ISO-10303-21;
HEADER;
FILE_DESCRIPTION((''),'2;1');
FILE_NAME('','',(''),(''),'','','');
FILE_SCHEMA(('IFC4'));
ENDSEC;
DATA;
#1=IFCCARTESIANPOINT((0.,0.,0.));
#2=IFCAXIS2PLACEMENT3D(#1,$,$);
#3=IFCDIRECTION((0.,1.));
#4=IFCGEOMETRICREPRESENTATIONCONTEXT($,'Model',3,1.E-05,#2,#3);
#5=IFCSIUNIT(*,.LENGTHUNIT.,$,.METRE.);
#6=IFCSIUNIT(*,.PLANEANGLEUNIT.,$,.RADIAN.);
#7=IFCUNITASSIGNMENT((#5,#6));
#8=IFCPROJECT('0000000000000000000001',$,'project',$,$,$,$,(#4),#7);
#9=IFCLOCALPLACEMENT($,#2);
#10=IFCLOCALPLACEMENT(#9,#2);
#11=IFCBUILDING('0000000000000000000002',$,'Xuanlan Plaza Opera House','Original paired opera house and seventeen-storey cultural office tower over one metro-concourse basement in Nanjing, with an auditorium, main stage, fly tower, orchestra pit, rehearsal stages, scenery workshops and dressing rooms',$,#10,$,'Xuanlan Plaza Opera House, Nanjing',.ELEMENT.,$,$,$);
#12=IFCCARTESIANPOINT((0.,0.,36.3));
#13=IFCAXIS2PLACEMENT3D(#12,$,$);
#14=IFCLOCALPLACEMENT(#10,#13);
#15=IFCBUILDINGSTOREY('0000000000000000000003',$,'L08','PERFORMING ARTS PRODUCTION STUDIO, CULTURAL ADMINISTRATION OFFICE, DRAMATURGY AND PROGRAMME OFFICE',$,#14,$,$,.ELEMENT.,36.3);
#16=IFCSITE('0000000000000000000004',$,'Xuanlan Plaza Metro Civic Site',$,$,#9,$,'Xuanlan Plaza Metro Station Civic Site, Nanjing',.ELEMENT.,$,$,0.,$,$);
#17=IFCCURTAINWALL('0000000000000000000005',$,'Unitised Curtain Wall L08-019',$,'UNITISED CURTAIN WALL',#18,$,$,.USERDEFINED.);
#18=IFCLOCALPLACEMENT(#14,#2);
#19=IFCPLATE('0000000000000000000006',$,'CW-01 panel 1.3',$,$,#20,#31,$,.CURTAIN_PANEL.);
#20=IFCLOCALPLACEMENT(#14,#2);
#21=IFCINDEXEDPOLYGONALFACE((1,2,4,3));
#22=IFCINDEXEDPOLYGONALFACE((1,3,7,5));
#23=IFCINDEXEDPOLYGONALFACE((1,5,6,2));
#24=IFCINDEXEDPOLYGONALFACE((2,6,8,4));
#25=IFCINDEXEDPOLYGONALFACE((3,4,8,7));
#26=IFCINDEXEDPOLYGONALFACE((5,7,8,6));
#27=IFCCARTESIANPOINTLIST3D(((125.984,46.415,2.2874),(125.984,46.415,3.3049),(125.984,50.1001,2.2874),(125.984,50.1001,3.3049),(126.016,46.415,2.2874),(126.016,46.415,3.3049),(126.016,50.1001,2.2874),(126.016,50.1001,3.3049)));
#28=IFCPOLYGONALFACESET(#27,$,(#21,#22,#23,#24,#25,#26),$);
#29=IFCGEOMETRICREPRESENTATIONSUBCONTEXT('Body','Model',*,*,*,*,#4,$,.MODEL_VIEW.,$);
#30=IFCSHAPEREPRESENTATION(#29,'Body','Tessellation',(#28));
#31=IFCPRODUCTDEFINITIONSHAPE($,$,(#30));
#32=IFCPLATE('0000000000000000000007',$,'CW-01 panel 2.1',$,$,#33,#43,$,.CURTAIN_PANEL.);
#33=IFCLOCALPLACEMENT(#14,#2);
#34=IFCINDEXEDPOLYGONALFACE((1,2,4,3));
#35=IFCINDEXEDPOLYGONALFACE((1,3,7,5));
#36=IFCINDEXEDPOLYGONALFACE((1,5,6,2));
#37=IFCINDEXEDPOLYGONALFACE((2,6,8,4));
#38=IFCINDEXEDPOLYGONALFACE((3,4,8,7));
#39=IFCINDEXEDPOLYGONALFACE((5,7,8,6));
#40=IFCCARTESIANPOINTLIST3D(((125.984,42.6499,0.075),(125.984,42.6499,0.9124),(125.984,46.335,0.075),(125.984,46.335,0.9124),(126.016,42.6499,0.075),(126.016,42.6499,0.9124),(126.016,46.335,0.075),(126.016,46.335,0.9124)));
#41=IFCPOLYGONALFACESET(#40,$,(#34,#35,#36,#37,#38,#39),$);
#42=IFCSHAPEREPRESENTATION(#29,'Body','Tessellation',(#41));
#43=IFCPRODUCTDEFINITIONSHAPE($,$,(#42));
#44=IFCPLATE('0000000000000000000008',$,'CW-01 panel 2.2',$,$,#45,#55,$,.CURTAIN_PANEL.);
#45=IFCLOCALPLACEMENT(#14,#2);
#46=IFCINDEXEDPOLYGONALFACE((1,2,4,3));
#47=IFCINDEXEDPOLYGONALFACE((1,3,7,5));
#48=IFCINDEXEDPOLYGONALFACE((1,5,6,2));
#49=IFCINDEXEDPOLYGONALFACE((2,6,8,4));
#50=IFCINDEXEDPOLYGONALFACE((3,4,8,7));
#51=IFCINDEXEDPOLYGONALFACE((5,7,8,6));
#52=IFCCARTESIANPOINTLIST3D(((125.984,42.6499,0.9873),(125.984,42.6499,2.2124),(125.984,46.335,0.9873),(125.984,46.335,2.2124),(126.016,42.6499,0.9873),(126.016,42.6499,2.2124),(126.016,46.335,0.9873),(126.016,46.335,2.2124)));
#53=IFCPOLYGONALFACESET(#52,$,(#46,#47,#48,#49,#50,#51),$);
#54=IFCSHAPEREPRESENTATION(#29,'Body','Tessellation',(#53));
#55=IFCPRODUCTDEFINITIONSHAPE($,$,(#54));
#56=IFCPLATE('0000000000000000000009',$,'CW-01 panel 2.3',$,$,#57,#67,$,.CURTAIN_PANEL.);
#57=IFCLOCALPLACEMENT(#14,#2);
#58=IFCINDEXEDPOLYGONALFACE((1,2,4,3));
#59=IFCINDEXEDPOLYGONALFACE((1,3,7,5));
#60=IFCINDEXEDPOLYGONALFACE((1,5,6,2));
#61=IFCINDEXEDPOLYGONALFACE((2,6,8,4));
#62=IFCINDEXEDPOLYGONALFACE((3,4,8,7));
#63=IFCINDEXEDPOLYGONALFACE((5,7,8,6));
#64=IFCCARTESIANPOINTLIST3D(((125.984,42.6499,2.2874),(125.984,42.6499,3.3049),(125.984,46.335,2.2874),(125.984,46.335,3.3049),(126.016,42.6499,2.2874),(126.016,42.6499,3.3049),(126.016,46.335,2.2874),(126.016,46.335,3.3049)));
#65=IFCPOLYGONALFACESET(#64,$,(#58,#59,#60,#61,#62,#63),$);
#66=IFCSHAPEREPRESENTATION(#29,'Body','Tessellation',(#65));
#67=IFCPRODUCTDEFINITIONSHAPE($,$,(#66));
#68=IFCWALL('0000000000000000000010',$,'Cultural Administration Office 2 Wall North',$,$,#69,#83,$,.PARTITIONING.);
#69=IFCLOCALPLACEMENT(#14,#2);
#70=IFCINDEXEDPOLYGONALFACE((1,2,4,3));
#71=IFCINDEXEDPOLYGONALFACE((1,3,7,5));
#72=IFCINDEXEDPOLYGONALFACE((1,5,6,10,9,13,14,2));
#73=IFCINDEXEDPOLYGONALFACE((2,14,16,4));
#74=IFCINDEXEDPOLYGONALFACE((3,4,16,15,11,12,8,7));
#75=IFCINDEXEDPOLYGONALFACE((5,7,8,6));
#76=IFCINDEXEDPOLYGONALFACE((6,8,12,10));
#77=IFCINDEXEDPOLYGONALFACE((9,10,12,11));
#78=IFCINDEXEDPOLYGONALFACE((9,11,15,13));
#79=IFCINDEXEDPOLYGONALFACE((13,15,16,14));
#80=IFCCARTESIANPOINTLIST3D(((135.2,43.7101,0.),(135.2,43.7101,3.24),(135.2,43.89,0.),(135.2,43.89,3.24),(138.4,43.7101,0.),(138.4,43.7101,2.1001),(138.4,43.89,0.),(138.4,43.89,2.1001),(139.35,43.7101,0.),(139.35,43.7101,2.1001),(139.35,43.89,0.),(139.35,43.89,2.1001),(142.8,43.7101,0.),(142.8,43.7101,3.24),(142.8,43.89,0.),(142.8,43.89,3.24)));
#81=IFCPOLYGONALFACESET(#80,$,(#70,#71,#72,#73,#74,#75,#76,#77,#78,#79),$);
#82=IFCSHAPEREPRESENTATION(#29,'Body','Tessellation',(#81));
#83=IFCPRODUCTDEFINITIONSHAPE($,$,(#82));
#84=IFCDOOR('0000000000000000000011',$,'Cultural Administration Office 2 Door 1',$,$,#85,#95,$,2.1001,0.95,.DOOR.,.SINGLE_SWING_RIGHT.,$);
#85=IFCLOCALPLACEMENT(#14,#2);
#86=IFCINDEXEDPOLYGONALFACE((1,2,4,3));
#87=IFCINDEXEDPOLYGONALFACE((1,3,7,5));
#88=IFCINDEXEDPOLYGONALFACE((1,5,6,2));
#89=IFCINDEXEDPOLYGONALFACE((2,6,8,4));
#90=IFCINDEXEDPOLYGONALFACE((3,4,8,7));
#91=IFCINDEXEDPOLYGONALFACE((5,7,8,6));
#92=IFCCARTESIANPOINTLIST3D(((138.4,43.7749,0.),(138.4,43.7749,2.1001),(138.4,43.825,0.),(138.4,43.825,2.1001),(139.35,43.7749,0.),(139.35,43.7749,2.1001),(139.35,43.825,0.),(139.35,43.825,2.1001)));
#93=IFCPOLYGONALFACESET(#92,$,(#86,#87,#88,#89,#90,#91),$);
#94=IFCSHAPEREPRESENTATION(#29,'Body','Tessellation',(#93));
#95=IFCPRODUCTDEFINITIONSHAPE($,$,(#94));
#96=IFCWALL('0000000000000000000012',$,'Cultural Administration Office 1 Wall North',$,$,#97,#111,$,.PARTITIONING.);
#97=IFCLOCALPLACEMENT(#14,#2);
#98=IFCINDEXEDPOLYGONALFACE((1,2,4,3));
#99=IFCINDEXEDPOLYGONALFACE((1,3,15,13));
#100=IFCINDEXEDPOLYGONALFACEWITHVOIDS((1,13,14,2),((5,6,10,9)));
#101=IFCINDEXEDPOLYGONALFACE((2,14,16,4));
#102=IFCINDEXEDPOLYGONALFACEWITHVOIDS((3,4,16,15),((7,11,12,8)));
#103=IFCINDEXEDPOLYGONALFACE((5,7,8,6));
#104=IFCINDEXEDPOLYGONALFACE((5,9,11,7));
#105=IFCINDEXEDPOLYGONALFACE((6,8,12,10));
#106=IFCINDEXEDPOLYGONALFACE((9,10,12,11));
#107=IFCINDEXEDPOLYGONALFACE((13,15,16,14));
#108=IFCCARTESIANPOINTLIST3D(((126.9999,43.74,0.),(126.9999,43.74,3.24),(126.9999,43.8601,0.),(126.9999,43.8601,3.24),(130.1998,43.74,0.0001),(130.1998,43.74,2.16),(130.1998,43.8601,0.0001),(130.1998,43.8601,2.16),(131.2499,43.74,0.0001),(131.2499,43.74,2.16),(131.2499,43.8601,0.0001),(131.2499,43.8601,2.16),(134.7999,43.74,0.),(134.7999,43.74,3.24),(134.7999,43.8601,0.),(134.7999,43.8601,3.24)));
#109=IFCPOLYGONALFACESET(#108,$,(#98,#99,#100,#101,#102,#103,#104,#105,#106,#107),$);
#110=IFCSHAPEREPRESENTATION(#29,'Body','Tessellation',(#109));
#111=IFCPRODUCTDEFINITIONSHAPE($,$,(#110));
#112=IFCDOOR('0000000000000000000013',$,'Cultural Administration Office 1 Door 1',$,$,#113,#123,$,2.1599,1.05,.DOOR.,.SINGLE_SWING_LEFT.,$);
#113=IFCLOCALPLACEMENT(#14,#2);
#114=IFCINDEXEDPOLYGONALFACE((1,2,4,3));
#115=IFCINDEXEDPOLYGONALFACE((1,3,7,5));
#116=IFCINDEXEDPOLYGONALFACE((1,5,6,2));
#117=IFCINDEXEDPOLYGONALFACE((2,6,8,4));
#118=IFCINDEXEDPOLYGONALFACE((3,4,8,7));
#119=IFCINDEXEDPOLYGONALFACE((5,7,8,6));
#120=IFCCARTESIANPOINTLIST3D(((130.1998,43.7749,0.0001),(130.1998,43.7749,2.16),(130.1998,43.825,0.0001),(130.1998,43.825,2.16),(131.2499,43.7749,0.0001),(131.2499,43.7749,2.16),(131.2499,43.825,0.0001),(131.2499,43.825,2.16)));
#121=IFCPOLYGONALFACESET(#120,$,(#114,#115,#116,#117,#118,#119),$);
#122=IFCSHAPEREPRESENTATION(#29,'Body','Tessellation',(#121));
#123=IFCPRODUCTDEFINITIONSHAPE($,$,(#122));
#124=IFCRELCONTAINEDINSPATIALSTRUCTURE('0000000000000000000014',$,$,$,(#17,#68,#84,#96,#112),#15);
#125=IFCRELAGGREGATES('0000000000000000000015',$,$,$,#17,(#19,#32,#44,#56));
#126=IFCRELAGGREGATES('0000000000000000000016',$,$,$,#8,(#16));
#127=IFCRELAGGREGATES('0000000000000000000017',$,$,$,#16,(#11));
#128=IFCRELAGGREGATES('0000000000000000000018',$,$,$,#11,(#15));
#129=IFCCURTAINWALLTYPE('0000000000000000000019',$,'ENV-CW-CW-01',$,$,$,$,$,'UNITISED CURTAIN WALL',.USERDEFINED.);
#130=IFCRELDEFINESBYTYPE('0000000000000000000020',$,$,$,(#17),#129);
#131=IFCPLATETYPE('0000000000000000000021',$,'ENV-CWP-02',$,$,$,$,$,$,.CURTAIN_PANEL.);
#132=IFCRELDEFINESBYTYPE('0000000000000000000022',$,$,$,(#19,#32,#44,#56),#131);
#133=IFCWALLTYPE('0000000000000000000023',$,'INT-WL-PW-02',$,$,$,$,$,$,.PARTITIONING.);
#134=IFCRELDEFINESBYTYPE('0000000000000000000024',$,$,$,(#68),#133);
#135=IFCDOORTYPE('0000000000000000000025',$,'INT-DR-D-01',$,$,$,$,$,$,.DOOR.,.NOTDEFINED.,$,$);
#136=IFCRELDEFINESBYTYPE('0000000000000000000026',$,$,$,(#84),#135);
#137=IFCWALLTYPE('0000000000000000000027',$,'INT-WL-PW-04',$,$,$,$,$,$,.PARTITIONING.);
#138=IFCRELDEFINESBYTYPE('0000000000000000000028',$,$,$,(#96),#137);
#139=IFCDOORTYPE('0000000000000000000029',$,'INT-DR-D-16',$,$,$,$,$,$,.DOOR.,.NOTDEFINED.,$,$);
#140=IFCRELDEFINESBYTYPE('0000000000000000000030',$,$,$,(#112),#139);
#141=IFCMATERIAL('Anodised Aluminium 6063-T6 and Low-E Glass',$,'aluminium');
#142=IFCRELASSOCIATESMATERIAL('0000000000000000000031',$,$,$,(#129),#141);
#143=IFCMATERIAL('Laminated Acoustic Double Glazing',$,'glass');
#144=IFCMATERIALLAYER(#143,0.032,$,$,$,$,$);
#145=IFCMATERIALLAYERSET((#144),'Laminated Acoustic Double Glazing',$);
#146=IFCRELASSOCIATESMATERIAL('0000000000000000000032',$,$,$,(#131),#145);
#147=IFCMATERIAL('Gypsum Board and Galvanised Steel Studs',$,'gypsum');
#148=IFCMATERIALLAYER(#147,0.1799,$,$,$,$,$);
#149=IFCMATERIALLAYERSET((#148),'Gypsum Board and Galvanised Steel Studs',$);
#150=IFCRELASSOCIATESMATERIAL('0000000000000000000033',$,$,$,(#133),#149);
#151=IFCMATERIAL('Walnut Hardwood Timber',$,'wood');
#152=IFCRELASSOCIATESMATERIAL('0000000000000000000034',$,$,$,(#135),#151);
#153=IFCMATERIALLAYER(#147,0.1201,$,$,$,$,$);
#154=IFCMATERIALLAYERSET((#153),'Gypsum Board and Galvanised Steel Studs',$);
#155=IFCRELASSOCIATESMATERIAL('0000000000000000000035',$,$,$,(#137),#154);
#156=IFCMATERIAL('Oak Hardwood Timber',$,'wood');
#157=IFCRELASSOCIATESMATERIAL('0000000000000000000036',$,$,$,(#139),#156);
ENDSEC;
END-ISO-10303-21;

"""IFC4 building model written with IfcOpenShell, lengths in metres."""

from ifc_helpers import new_model, si_unit, direction, frame, frame_2d, origin, origin_2d, place, context, subcontext, project, spatial, rectangle, extrude, material, layer, layer_set, type_object, element, fill, aggregate, save


model = new_model("IFC4")

# Units and contexts
model_context = context("Model", 3, precision=1e-05, world=origin(), true_north=direction((0.0, 1.0)))
body_context = subcontext(model_context, "Body", "Model", "MODEL_VIEW")
ifc_project = project(units=[si_unit("LENGTHUNIT", "METRE"), si_unit("PLANEANGLEUNIT", "RADIAN")], contexts=[model_context])

# Site, building, storey
site_placement = place(None, origin())
site = spatial("IfcSite", under=ifc_project, at=site_placement, Name="Xuanlan Plaza Metro Civic Site", LongName="Xuanlan Plaza Metro Station Civic Site, Nanjing", CompositionType="ELEMENT", RefElevation=0.0)
building_placement = place(site_placement, origin())
building = spatial("IfcBuilding", under=site, at=building_placement, Name="Xuanlan Plaza Opera House", Description="Original paired opera house and seventeen-storey cultural office tower over one metro-concourse basement in Nanjing, with an auditorium, main stage, fly tower, orchestra pit, rehearsal stages, scenery workshops and dressing rooms", LongName="Xuanlan Plaza Opera House, Nanjing", CompositionType="ELEMENT")
storey_placement = place(building_placement, frame((0.0, 0.0, 36.3)))
storey = spatial("IfcBuildingStorey", under=building, at=storey_placement, Name="L08", Description="PERFORMING ARTS PRODUCTION STUDIO, CULTURAL ADMINISTRATION OFFICE, DRAMATURGY AND PROGRAMME OFFICE", CompositionType="ELEMENT", Elevation=36.3)

# Curtain wall, plates
ifc_material_1 = material(Name="Anodised Aluminium 6063-T6 and Low-E Glass", Category="aluminium")
curtain_wall_type = type_object("IfcCurtainWallType", Name="ENV-CW-CW-01", ElementType="UNITISED CURTAIN WALL", PredefinedType="USERDEFINED", material=ifc_material_1)
curtain_wall_placement = place(storey_placement, origin())
curtain_wall = element("IfcCurtainWall", 1, at=curtain_wall_placement, inside=storey, type_object=curtain_wall_type, Name="Unitised Curtain Wall L08-019", ObjectType="UNITISED CURTAIN WALL", PredefinedType="USERDEFINED")
ifc_material_2 = material(Name="Laminated Acoustic Double Glazing", Category="glass")
ifc_layer_1 = layer(ifc_material_2, 0.032)
ifc_layer_set_1 = layer_set([ifc_layer_1], Name="Laminated Acoustic Double Glazing")
plate_type = type_object("IfcPlateType", Name="ENV-CWP-02", PredefinedType="CURTAIN_PANEL", material=ifc_layer_set_1)
plate_1_placement = place(storey_placement, frame((126.0, 48.2576, 2.2874), z_axis=(0.0, 0.0, 1.0), x_axis=(0.0, -1.0, 0.0)))
plate_1 = element("IfcPlate", 2, at=plate_1_placement, type_object=plate_type, Name="CW-01 panel 1.3", PredefinedType="CURTAIN_PANEL", context=body_context, shape_type="SweptSolid", body=[
    extrude(rectangle(XDim=3.6851, YDim=0.032, at=origin_2d()), origin(), (0.0, 0.0, 1.0), 1.0176),
])
plate_2_placement = place(storey_placement, frame((126.0, 44.4924, 0.075), z_axis=(0.0, 0.0, 1.0), x_axis=(0.0, -1.0, 0.0)))
plate_2 = element("IfcPlate", 3, at=plate_2_placement, type_object=plate_type, Name="CW-01 panel 2.1", PredefinedType="CURTAIN_PANEL", context=body_context, shape_type="SweptSolid", body=[
    extrude(rectangle(XDim=3.6851, YDim=0.032, at=origin_2d()), origin(), (0.0, 0.0, 1.0), 0.8374),
])
plate_3_placement = place(storey_placement, frame((126.0, 44.4924, 0.9873), z_axis=(0.0, 0.0, 1.0), x_axis=(0.0, -1.0, 0.0)))
plate_3 = element("IfcPlate", 4, at=plate_3_placement, type_object=plate_type, Name="CW-01 panel 2.2", PredefinedType="CURTAIN_PANEL", context=body_context, shape_type="SweptSolid", body=[
    extrude(rectangle(XDim=3.6851, YDim=0.032, at=origin_2d()), origin(), (0.0, 0.0, 1.0), 1.2251),
])
plate_4_placement = place(storey_placement, frame((126.0, 44.4924, 2.2874), z_axis=(0.0, 0.0, 1.0), x_axis=(0.0, -1.0, 0.0)))
plate_4 = element("IfcPlate", 5, at=plate_4_placement, type_object=plate_type, Name="CW-01 panel 2.3", PredefinedType="CURTAIN_PANEL", context=body_context, shape_type="SweptSolid", body=[
    extrude(rectangle(XDim=3.6851, YDim=0.032, at=origin_2d()), origin(), (0.0, 0.0, 1.0), 1.0176),
])
aggregate(curtain_wall, [plate_1, plate_2, plate_3, plate_4])

# Walls, openings, doors
ifc_material_3 = material(Name="Gypsum Board and Galvanised Steel Studs", Category="gypsum")
ifc_layer_2 = layer(ifc_material_3, 0.1799)
ifc_layer_set_2 = layer_set([ifc_layer_2], Name="Gypsum Board and Galvanised Steel Studs")
wall_type_1 = type_object("IfcWallType", Name="INT-WL-PW-02", PredefinedType="PARTITIONING", material=ifc_layer_set_2)
wall_1_placement = place(storey_placement, frame((135.2, 43.8, 0.0), z_axis=(0.0, 0.0, 1.0), x_axis=(1.0, 0.0, 0.0)))
wall_1 = element("IfcWall", 6, at=wall_1_placement, inside=storey, type_object=wall_type_1, Name="Cultural Administration Office 2 Wall North", PredefinedType="PARTITIONING", context=body_context, shape_type="SweptSolid", body=[
    extrude(rectangle(XDim=7.6001, YDim=0.1799, at=frame_2d((3.8, 0.0))), origin(), (0.0, 0.0, 1.0), 3.24),
])
opening_1_placement = place(wall_1_placement, frame((3.2, 0.0, 0.0)))
opening_1 = element("IfcOpeningElement", 7, at=opening_1_placement, cuts=wall_1, PredefinedType="OPENING", context=body_context, shape_type="SweptSolid", body=[
    extrude(rectangle(XDim=0.95, YDim=2.1001, at=frame_2d((0.4751, 1.05))), frame((0.0, 0.0999, 0.0), z_axis=(0.0, -1.0, 0.0), x_axis=(1.0, 0.0, 0.0)), (0.0, 0.0, 1.0), 0.2),
])
ifc_material_4 = material(Name="Walnut Hardwood Timber", Category="wood")
door_type_1 = type_object("IfcDoorType", Name="INT-DR-D-01", OperationType="NOTDEFINED", PredefinedType="DOOR", material=ifc_material_4)
door_1_placement = place(opening_1_placement, origin())
door_1 = element("IfcDoor", 8, at=door_1_placement, inside=storey, type_object=door_type_1, Name="Cultural Administration Office 2 Door 1", OperationType="SINGLE_SWING_RIGHT", OverallHeight=2.1001, OverallWidth=0.95, PredefinedType="DOOR", context=body_context, shape_type="SweptSolid", body=[
    extrude(rectangle(XDim=0.95, YDim=2.1001, at=frame_2d((0.4751, 1.05))), frame((0.0, 0.0249, 0.0), z_axis=(0.0, -1.0, 0.0), x_axis=(1.0, 0.0, 0.0)), (0.0, 0.0, 1.0), 0.05),
])
fill(opening_1, door_1)
ifc_layer_3 = layer(ifc_material_3, 0.1201)
ifc_layer_set_3 = layer_set([ifc_layer_3], Name="Gypsum Board and Galvanised Steel Studs")
wall_type_2 = type_object("IfcWallType", Name="INT-WL-PW-04", PredefinedType="PARTITIONING", material=ifc_layer_set_3)
wall_2_placement = place(storey_placement, frame((127.0, 43.8, 0.0), z_axis=(0.0, 0.0, 1.0), x_axis=(1.0, 0.0, 0.0)))
wall_2 = element("IfcWall", 9, at=wall_2_placement, inside=storey, type_object=wall_type_2, Name="Cultural Administration Office 1 Wall North", PredefinedType="PARTITIONING", context=body_context, shape_type="SweptSolid", body=[
    extrude(rectangle(XDim=7.8, YDim=0.1201, at=frame_2d((3.8999, 0.0))), origin(), (0.0, 0.0, 1.0), 3.24),
])
opening_2_placement = place(wall_2_placement, frame((3.2, 0.0, 0.0)))
opening_2 = element("IfcOpeningElement", 10, at=opening_2_placement, cuts=wall_2, PredefinedType="OPENING", context=body_context, shape_type="SweptSolid", body=[
    extrude(rectangle(XDim=1.05, YDim=2.1599, at=frame_2d((0.5249, 1.0801))), frame((0.0, 0.0701, 0.0), z_axis=(0.0, -1.0, 0.0), x_axis=(1.0, 0.0, 0.0)), (0.0, 0.0, 1.0), 0.1401),
])
ifc_material_5 = material(Name="Oak Hardwood Timber", Category="wood")
door_type_2 = type_object("IfcDoorType", Name="INT-DR-D-16", OperationType="NOTDEFINED", PredefinedType="DOOR", material=ifc_material_5)
door_2_placement = place(opening_2_placement, origin())
door_2 = element("IfcDoor", 11, at=door_2_placement, inside=storey, type_object=door_type_2, Name="Cultural Administration Office 1 Door 1", OperationType="SINGLE_SWING_LEFT", OverallHeight=2.1599, OverallWidth=1.05, PredefinedType="DOOR", context=body_context, shape_type="SweptSolid", body=[
    extrude(rectangle(XDim=1.05, YDim=2.1599, at=frame_2d((0.5249, 1.0801))), frame((0.0, 0.0249, 0.0), z_axis=(0.0, -1.0, 0.0), x_axis=(1.0, 0.0, 0.0)), (0.0, 0.0, 1.0), 0.05),
])
fill(opening_2, door_2)

save(model, "model.ifc")
